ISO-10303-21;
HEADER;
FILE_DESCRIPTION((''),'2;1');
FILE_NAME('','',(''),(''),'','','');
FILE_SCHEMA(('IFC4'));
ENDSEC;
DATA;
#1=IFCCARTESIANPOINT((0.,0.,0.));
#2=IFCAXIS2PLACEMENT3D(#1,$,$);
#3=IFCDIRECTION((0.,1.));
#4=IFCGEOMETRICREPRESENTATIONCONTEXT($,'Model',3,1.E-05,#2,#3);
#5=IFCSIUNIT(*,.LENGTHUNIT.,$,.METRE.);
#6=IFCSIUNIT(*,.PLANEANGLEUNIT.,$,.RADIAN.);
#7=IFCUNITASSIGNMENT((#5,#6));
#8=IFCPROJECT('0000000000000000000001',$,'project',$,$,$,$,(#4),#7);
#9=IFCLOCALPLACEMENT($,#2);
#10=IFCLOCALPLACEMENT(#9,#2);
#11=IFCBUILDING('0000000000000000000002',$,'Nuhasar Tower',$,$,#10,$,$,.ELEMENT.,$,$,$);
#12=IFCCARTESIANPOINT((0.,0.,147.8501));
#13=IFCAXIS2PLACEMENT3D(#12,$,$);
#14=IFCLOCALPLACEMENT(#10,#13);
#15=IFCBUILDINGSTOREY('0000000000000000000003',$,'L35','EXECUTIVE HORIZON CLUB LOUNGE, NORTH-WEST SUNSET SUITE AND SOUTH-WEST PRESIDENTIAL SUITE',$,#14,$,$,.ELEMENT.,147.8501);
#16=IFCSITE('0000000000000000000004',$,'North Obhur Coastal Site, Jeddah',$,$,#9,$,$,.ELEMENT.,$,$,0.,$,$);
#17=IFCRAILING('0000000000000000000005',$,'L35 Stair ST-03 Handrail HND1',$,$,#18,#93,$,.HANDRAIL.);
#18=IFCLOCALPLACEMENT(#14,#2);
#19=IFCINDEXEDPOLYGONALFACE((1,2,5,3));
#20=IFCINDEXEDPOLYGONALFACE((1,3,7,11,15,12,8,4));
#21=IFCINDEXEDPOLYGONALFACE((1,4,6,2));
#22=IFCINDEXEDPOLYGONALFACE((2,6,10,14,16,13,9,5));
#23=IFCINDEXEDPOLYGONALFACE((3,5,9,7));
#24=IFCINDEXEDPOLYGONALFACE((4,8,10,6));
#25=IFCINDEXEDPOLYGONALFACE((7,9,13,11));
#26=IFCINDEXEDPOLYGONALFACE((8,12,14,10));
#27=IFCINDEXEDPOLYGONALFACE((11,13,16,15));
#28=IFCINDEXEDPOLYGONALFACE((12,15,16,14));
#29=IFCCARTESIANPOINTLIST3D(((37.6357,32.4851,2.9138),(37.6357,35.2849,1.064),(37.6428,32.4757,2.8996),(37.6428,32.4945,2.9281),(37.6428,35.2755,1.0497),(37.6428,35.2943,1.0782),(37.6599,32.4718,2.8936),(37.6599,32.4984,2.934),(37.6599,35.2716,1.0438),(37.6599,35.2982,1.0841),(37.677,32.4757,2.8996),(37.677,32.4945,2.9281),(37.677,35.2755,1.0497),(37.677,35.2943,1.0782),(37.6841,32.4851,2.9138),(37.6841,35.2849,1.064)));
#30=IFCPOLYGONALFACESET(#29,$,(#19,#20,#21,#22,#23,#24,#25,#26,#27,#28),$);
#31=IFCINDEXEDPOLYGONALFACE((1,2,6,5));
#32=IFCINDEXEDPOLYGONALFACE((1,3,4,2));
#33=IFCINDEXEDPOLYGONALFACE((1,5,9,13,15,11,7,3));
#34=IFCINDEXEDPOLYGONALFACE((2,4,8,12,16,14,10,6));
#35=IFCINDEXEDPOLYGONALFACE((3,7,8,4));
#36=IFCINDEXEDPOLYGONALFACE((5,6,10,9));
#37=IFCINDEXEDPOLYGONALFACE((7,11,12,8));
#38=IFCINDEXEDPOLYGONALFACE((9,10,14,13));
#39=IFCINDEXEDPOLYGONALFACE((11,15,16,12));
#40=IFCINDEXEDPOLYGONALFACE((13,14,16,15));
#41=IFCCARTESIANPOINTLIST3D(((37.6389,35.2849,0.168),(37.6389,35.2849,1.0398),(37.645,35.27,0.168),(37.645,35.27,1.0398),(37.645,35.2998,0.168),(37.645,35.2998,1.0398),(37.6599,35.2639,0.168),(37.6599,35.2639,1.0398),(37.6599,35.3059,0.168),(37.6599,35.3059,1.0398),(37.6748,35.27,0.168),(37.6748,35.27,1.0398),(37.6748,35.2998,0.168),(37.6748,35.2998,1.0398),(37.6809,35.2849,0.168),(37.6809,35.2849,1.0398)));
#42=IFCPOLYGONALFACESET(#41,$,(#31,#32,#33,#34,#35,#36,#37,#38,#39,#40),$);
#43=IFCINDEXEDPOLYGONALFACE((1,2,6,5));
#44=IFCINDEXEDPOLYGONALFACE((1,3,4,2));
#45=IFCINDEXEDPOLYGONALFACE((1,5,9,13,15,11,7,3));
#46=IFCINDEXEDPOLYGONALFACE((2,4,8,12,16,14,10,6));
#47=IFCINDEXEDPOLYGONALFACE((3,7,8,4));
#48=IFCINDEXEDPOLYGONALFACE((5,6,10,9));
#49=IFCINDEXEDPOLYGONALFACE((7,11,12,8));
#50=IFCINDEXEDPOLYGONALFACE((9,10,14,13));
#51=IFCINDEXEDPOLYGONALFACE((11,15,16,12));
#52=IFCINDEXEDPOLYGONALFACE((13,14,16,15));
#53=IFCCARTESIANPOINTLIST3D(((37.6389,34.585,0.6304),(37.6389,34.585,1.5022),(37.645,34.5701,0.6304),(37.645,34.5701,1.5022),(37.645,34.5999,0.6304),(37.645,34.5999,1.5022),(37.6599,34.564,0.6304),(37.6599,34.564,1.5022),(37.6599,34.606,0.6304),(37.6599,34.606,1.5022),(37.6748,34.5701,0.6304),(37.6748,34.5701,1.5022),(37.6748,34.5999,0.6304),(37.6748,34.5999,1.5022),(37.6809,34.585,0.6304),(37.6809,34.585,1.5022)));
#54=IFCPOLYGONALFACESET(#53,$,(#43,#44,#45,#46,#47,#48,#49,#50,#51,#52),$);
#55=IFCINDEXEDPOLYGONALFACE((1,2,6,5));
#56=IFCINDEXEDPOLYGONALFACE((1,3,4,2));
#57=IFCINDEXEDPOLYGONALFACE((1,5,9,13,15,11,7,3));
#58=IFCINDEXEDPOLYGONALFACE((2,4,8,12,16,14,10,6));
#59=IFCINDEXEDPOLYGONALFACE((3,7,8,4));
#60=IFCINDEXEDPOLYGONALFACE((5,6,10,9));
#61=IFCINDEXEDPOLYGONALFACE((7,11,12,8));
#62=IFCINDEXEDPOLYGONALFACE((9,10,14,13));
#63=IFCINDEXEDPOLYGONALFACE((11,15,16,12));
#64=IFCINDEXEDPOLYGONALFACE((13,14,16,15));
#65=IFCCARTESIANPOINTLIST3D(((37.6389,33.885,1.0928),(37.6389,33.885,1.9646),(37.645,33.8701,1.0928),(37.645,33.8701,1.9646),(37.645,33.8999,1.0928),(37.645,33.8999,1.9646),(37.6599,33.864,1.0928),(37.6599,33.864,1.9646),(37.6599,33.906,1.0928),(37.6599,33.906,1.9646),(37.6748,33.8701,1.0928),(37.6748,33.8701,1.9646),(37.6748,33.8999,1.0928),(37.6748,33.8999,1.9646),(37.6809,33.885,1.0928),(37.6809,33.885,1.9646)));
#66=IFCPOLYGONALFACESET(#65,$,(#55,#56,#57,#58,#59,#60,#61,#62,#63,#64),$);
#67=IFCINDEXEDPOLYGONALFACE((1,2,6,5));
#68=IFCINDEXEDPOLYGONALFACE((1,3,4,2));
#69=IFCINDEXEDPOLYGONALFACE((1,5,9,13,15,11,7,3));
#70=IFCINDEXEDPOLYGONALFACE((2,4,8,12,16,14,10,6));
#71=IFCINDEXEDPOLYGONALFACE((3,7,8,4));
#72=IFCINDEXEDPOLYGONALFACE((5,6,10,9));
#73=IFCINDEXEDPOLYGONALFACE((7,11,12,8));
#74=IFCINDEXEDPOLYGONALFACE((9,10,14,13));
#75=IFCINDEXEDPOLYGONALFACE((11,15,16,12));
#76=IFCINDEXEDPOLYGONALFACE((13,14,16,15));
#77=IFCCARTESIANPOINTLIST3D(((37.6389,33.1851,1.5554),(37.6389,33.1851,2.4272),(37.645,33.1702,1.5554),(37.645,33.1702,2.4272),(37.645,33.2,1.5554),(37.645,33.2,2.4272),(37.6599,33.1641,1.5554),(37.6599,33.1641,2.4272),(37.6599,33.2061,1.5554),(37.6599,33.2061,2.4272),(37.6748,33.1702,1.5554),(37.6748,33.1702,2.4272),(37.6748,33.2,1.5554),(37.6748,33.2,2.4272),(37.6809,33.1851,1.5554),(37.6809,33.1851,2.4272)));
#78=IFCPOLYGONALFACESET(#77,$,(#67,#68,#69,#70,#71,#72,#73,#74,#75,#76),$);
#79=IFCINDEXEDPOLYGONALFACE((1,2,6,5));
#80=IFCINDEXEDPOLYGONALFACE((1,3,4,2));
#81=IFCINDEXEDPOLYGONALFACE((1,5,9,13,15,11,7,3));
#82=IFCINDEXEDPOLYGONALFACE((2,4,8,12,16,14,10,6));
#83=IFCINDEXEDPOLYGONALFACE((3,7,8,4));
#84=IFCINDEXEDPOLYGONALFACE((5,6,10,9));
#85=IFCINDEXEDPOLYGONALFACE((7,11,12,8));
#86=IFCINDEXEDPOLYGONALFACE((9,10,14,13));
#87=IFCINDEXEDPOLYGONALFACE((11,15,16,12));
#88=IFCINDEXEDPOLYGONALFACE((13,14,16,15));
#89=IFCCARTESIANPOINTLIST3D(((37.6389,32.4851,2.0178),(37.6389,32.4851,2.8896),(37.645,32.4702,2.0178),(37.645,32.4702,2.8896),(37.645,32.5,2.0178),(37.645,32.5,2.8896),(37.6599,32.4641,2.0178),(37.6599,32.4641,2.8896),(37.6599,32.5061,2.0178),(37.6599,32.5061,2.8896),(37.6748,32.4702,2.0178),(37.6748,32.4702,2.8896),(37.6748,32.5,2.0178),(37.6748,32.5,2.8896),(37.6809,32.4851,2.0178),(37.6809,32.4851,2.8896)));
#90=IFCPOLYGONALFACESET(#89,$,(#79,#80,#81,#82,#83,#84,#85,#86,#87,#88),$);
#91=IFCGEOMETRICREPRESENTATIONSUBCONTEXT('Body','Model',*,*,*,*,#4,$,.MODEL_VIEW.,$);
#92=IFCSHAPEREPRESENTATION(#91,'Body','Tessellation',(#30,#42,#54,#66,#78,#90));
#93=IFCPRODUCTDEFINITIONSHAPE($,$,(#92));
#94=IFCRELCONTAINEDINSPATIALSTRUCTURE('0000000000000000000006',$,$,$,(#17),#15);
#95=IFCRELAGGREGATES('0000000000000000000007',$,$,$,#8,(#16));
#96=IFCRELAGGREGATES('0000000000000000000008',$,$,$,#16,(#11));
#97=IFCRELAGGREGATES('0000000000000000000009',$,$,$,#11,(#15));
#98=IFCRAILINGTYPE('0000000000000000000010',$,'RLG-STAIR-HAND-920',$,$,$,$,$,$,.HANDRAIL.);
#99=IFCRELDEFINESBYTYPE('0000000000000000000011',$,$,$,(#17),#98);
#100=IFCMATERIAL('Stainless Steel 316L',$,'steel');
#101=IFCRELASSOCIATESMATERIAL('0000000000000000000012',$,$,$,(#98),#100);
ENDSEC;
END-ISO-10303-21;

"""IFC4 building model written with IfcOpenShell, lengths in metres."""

from ifc_helpers import new_model, si_unit, direction, frame, origin, place, context, subcontext, project, spatial, polyline, outline, extrude, material, type_object, element, save


model = new_model("IFC4")

# Units and contexts
model_context = context("Model", 3, precision=1e-05, world=origin(), true_north=direction((0.0, 1.0)))
body_context = subcontext(model_context, "Body", "Model", "MODEL_VIEW")
ifc_project = project(units=[si_unit("LENGTHUNIT", "METRE"), si_unit("PLANEANGLEUNIT", "RADIAN")], contexts=[model_context])

# Site, building, storey
site_placement = place(None, origin())
site = spatial("IfcSite", under=ifc_project, at=site_placement, Name="North Obhur Coastal Site, Jeddah", CompositionType="ELEMENT", RefElevation=0.0)
building_placement = place(site_placement, origin())
building = spatial("IfcBuilding", under=site, at=building_placement, Name="Nuhasar Tower", CompositionType="ELEMENT")
storey_placement = place(building_placement, frame((0.0, 0.0, 147.8501)))
storey = spatial("IfcBuildingStorey", under=building, at=storey_placement, Name="L35", Description="EXECUTIVE HORIZON CLUB LOUNGE, NORTH-WEST SUNSET SUITE AND SOUTH-WEST PRESIDENTIAL SUITE", CompositionType="ELEMENT", Elevation=147.8501)

# Railing
ifc_material_1 = material(Name="Stainless Steel 316L", Category="steel")
railing_type_1 = type_object("IfcRailingType", Name="RLG-STAIR-HAND-920", PredefinedType="HANDRAIL", material=ifc_material_1)
railing_1_placement = place(storey_placement, frame((37.6599, 35.2849, 0.168)))
element("IfcRailing", 1, at=railing_1_placement, inside=storey, type_object=railing_type_1, Name="L35 Stair ST-03 Handrail HND1", PredefinedType="HANDRAIL", context=body_context, shape_type="SweptSolid", body=[
    extrude(outline(polyline([(0.0242, 0.0), (0.0171, 0.0171), (0.0, 0.0242), (-0.0171, 0.0171), (-0.0242, 0.0), (-0.0171, -0.0171), (0.0, -0.0242), (0.0171, -0.0171), (0.0242, 0.0)])), frame((0.0, 0.0, 0.896), z_axis=(0.0, -0.834338, 0.551254), x_axis=(1.0, 0.0, 0.0)), (0.0, 0.0, 1.0), 3.3557),
    extrude(outline(polyline([(0.021, 0.0), (0.0149, 0.0149), (0.0, 0.021), (-0.0149, 0.0149), (-0.021, 0.0), (-0.0149, -0.0149), (0.0, -0.021), (0.0149, -0.0149), (0.021, 0.0)])), origin(), (0.0, 0.0, 1.0), 0.8718),
    extrude(outline(polyline([(0.021, 0.0), (0.0149, 0.0149), (0.0, 0.021), (-0.0149, 0.0149), (-0.021, 0.0), (-0.0149, -0.0149), (0.0, -0.021), (0.0149, -0.0149), (0.021, 0.0)])), frame((0.0, -0.7, 0.4624)), (0.0, 0.0, 1.0), 0.8718),
    extrude(outline(polyline([(0.021, 0.0), (0.0149, 0.0149), (0.0, 0.021), (-0.0149, 0.0149), (-0.021, 0.0), (-0.0149, -0.0149), (0.0, -0.021), (0.0149, -0.0149), (0.021, 0.0)])), frame((0.0, -1.3999, 0.9248)), (0.0, 0.0, 1.0), 0.8718),
    extrude(outline(polyline([(0.021, 0.0), (0.0149, 0.0149), (0.0, 0.021), (-0.0149, 0.0149), (-0.021, 0.0), (-0.0149, -0.0149), (0.0, -0.021), (0.0149, -0.0149), (0.021, 0.0)])), frame((0.0, -2.0999, 1.3875)), (0.0, 0.0, 1.0), 0.8718),
    extrude(outline(polyline([(0.021, 0.0), (0.0149, 0.0149), (0.0, 0.021), (-0.0149, 0.0149), (-0.021, 0.0), (-0.0149, -0.0149), (0.0, -0.021), (0.0149, -0.0149), (0.021, 0.0)])), frame((0.0, -2.7998, 1.8499)), (0.0, 0.0, 1.0), 0.8718),
])

save(model, "model.ifc")
